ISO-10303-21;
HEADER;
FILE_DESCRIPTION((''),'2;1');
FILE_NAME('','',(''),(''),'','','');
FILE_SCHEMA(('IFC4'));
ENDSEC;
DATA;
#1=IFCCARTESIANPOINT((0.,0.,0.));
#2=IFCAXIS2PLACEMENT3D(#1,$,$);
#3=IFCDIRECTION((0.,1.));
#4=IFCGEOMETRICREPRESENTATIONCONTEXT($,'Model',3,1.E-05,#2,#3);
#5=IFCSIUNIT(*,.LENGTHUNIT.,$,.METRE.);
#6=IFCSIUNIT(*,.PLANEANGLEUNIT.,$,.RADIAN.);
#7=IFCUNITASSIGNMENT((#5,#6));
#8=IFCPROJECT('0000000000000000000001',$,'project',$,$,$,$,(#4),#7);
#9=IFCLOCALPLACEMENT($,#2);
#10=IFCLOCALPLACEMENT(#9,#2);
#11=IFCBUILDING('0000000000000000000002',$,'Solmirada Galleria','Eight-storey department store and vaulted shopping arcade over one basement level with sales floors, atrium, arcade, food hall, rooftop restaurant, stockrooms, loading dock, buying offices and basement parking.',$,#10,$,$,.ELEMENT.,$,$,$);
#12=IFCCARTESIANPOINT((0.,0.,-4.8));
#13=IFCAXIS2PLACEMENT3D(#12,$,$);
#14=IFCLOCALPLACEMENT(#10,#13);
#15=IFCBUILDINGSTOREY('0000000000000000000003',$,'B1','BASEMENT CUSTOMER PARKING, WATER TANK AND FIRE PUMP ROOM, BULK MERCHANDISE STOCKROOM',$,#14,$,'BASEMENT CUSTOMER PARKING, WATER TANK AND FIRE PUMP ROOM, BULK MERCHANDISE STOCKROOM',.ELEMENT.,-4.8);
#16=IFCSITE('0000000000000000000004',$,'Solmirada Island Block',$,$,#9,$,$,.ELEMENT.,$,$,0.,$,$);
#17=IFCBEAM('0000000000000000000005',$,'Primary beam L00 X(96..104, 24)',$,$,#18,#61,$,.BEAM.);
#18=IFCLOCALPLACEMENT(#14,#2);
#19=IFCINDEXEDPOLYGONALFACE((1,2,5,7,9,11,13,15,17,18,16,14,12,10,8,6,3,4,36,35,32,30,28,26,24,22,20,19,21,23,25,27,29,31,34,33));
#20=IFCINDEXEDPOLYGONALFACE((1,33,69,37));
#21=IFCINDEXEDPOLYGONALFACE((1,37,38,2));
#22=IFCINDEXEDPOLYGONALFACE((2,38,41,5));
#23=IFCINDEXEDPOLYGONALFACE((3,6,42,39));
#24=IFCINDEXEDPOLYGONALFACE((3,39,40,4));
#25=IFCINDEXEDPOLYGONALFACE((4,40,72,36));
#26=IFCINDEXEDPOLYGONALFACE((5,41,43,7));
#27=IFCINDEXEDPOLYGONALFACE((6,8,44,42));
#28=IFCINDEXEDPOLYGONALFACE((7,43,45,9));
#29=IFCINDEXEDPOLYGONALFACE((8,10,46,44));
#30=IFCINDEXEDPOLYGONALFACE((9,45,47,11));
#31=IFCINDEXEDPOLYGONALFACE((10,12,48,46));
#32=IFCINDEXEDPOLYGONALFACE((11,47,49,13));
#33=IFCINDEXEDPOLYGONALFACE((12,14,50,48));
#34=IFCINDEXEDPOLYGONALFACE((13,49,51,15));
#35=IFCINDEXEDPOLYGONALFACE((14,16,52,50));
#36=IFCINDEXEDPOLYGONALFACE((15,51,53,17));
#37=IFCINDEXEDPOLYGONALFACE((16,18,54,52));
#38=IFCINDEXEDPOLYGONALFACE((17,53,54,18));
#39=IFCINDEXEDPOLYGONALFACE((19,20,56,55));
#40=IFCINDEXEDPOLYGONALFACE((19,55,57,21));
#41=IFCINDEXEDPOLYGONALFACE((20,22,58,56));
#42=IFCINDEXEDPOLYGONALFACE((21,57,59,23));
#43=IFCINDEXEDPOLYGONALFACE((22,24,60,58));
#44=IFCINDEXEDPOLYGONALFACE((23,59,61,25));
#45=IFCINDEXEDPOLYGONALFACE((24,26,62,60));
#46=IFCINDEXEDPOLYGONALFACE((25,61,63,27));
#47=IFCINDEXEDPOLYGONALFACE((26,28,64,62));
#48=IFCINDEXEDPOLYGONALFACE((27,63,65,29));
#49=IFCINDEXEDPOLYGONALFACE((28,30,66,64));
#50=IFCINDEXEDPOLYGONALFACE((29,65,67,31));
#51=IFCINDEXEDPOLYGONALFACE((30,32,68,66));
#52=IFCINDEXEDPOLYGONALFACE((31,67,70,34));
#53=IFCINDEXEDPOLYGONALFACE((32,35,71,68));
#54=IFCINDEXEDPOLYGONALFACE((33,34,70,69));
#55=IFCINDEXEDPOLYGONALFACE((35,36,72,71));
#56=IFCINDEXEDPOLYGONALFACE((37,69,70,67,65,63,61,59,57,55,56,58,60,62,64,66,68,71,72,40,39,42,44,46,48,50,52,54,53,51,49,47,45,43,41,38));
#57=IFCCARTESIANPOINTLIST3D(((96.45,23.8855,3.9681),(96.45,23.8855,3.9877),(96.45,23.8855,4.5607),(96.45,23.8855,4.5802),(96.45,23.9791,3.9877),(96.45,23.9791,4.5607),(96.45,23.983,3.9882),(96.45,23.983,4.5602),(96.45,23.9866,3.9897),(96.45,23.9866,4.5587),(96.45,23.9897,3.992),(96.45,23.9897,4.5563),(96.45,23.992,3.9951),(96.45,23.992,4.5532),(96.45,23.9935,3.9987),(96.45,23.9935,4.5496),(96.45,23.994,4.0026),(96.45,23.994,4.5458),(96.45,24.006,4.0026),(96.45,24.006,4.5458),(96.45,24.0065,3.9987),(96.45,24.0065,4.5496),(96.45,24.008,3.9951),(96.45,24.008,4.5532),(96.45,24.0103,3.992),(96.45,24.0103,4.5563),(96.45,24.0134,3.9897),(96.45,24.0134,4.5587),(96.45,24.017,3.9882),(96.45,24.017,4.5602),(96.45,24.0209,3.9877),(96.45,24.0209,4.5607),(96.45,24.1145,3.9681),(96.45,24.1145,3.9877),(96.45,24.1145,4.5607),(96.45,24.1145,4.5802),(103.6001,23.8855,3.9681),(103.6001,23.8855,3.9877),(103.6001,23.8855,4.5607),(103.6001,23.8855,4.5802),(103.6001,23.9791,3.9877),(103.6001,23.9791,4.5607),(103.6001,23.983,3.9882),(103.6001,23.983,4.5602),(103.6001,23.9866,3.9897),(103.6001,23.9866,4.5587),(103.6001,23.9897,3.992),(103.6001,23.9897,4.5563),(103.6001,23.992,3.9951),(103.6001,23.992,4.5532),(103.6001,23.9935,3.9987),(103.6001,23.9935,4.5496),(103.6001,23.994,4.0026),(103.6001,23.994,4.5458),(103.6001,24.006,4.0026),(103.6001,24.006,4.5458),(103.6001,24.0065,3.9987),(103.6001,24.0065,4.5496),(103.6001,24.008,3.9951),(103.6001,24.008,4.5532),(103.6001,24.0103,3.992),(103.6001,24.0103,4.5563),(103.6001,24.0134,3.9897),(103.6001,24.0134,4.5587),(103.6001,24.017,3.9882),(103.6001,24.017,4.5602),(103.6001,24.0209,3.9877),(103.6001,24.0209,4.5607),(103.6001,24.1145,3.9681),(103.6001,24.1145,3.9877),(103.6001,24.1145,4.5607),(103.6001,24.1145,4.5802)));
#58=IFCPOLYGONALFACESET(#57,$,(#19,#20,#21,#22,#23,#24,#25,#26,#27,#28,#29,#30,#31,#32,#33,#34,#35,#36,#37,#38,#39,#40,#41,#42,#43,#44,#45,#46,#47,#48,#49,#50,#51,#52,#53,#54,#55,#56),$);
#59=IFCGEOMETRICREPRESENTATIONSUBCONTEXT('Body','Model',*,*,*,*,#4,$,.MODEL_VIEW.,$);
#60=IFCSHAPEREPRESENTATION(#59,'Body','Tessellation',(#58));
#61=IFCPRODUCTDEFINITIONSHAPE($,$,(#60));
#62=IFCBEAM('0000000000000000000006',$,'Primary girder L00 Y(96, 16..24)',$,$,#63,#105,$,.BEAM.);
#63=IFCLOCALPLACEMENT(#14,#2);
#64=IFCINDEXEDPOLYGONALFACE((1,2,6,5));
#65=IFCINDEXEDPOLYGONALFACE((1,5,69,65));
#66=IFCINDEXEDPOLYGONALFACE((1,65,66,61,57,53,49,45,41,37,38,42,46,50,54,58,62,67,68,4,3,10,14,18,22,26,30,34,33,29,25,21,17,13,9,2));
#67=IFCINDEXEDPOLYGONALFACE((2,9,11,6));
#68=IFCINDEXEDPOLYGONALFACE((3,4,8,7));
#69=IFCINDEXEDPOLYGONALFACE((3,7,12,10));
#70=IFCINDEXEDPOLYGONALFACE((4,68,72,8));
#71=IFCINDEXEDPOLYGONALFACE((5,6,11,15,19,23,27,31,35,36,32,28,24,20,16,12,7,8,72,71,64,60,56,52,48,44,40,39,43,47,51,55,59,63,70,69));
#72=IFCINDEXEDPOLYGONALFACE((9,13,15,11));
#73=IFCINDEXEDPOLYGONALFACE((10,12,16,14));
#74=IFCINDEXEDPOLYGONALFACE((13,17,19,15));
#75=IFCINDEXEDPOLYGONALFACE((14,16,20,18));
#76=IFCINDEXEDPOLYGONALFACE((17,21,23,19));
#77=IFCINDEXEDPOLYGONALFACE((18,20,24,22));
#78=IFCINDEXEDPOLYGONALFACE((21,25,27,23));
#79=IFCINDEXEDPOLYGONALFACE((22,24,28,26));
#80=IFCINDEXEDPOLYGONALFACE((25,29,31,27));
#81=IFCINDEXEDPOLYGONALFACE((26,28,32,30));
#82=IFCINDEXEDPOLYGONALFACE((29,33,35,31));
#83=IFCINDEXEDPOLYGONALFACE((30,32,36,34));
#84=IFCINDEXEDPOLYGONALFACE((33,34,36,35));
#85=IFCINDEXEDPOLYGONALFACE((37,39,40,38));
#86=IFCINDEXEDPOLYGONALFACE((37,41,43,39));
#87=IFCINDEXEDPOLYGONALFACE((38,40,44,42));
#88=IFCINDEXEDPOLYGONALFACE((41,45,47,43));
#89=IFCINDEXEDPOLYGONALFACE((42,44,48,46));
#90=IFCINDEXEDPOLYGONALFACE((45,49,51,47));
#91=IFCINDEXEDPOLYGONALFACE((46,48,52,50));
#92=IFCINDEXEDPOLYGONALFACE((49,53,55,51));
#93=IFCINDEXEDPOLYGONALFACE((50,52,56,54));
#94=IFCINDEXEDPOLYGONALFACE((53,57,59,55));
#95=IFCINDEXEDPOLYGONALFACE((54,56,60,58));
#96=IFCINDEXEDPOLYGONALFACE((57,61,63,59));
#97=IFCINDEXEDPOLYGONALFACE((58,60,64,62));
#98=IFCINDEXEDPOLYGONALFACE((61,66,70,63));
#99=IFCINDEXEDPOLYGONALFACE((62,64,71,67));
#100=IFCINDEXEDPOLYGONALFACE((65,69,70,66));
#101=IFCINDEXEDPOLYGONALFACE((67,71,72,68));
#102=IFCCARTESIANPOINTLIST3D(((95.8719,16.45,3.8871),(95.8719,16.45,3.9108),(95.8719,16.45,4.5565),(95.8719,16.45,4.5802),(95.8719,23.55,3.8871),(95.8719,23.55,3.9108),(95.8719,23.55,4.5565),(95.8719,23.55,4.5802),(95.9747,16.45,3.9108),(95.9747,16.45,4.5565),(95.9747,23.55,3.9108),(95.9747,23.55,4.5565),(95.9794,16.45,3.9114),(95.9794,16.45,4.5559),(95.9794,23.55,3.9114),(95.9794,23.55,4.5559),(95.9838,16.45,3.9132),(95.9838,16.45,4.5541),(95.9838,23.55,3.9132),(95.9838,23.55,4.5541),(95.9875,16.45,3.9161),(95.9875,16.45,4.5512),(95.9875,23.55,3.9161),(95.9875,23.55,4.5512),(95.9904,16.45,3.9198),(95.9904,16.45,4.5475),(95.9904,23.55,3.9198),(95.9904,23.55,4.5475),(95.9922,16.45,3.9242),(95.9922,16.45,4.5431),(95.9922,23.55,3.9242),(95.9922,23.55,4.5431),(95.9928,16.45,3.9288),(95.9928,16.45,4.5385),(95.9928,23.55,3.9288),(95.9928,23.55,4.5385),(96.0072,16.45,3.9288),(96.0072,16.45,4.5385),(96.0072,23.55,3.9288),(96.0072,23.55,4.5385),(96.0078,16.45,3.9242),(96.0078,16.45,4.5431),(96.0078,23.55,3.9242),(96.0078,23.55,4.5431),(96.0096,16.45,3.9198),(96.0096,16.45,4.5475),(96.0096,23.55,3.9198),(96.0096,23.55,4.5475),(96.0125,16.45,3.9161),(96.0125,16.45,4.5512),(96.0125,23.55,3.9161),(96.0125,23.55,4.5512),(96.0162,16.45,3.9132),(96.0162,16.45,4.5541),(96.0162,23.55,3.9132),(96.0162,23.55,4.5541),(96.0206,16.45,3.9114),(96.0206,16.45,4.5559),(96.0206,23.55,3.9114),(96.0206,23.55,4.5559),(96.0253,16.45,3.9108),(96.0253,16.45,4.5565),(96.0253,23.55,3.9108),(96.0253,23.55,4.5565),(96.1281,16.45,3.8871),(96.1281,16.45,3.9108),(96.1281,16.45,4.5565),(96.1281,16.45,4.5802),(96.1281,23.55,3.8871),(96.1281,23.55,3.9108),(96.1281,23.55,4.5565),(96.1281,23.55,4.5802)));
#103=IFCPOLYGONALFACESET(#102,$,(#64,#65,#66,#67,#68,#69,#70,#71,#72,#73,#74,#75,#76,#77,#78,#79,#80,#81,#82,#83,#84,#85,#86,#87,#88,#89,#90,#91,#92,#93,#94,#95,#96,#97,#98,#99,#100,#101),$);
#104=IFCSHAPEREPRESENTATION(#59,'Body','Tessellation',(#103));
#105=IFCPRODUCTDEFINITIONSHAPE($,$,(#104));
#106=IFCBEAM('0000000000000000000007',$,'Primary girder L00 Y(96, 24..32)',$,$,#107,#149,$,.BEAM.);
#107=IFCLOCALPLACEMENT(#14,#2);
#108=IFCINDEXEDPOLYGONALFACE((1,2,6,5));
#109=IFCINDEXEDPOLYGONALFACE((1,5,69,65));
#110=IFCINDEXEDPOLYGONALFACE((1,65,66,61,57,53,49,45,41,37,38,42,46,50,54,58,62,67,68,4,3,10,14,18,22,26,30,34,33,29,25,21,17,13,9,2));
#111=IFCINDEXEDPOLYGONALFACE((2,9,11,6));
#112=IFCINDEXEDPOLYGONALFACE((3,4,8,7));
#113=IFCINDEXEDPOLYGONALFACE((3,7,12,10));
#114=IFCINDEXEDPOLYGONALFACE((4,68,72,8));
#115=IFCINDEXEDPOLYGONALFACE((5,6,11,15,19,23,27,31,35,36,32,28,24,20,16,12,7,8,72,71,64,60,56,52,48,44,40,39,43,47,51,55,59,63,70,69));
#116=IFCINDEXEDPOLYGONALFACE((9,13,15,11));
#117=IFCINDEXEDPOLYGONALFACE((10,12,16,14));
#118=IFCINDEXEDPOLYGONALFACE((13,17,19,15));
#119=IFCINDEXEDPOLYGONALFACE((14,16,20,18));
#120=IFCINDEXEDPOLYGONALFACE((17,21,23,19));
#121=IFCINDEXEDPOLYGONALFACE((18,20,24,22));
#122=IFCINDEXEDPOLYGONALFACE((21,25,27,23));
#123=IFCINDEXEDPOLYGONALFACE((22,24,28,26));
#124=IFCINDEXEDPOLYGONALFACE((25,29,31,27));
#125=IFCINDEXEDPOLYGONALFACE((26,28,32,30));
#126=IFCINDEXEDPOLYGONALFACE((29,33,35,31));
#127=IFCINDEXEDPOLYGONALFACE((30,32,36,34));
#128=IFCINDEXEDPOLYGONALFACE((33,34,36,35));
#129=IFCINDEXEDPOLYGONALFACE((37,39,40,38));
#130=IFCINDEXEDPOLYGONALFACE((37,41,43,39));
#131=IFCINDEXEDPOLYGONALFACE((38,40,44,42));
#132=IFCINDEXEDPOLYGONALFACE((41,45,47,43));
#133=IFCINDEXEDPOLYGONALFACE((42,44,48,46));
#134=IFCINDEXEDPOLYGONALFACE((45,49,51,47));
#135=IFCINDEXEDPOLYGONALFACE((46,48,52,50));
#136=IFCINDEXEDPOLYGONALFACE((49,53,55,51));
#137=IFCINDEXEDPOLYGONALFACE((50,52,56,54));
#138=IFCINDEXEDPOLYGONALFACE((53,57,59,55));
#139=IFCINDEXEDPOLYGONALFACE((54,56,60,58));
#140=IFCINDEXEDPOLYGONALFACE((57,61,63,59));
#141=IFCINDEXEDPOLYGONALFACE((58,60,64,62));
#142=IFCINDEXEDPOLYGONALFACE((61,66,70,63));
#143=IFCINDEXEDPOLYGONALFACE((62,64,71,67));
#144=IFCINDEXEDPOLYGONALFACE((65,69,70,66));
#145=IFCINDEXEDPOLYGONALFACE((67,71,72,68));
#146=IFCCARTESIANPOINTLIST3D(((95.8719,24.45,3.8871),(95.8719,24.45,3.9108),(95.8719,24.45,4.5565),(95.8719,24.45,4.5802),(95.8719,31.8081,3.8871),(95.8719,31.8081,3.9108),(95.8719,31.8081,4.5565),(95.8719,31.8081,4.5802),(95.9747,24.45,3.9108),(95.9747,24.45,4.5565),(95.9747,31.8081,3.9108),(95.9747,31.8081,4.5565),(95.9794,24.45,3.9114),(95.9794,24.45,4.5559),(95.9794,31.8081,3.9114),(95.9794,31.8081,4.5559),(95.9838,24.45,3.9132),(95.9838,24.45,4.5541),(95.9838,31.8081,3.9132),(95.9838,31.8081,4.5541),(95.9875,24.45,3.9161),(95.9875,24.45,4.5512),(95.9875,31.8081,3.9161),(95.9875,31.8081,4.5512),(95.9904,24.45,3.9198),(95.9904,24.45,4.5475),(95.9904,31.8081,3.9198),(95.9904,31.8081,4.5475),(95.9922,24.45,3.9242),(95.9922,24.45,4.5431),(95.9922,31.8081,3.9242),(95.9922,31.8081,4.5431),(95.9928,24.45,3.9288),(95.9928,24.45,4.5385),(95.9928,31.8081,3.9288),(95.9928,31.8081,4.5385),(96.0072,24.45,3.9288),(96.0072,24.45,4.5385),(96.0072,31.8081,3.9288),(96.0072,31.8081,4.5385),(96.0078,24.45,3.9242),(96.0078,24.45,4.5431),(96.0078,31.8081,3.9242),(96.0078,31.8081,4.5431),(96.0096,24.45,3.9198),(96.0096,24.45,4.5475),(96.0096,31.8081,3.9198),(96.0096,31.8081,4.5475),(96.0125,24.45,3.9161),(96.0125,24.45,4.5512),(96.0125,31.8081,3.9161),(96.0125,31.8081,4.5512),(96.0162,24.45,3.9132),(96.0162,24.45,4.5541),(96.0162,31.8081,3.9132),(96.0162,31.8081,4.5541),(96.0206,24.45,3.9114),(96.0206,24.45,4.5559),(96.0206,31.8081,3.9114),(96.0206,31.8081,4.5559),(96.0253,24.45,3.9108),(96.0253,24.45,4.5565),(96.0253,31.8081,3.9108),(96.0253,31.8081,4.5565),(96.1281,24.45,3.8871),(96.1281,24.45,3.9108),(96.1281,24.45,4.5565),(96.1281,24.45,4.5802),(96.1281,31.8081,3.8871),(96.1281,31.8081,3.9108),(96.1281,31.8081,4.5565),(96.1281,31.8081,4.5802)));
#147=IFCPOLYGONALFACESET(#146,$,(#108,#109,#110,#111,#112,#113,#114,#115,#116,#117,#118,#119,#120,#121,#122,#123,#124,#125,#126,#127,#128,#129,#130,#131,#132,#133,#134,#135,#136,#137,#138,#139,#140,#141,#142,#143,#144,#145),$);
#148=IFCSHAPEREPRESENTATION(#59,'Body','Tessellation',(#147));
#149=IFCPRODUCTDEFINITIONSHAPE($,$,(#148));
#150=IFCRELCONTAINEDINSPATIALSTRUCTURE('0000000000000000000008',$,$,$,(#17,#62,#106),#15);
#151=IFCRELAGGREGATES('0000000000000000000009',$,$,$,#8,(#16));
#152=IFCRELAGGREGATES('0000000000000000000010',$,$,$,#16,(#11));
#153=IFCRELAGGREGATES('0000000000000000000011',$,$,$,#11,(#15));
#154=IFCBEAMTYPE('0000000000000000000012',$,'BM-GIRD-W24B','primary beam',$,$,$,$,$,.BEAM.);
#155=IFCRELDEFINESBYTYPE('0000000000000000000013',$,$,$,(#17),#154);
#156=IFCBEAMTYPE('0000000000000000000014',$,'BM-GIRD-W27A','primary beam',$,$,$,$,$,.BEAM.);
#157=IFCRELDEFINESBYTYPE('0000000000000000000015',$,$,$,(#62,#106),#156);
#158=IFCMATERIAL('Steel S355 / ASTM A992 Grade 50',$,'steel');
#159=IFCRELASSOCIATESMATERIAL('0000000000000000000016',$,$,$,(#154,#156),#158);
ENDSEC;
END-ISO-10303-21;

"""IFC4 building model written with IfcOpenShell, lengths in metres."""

from ifc_helpers import new_model, si_unit, direction, frame, origin, origin_2d, place, context, subcontext, project, spatial, i_section, extrude, material, material_profile, profile_set, type_object, element, save


model = new_model("IFC4")

# Units and contexts
model_context = context("Model", 3, precision=1e-05, world=origin(), true_north=direction((0.0, 1.0)))
body_context = subcontext(model_context, "Body", "Model", "MODEL_VIEW")
ifc_project = project(units=[si_unit("LENGTHUNIT", "METRE"), si_unit("PLANEANGLEUNIT", "RADIAN")], contexts=[model_context])

# Site, building, storey
site_placement = place(None, origin())
site = spatial("IfcSite", under=ifc_project, at=site_placement, Name="Solmirada Island Block", CompositionType="ELEMENT", RefElevation=0.0)
building_placement = place(site_placement, origin())
building = spatial("IfcBuilding", under=site, at=building_placement, Name="Solmirada Galleria", Description="Eight-storey department store and vaulted shopping arcade over one basement level with sales floors, atrium, arcade, food hall, rooftop restaurant, stockrooms, loading dock, buying offices and basement parking.", CompositionType="ELEMENT")
storey_placement = place(building_placement, frame((0.0, 0.0, -4.8)))
storey = spatial("IfcBuildingStorey", under=building, at=storey_placement, Name="B1", Description="BASEMENT CUSTOMER PARKING, WATER TANK AND FIRE PUMP ROOM, BULK MERCHANDISE STOCKROOM", LongName="BASEMENT CUSTOMER PARKING, WATER TANK AND FIRE PUMP ROOM, BULK MERCHANDISE STOCKROOM", CompositionType="ELEMENT", Elevation=-4.8)

# Beams
ifc_material_1 = material(Name="Steel S355 / ASTM A992 Grade 50", Category="steel")
ifc_material_profile_1 = material_profile(ifc_material_1, i_section(OverallWidth=0.229, OverallDepth=0.6121, WebThickness=0.012, FlangeThickness=0.0195, FilletRadius=0.0149, at=origin_2d()), Name="W24X84")
ifc_profile_set_1 = profile_set([ifc_material_profile_1], Name="Steel S355 / ASTM A992 Grade 50")
beam_type_1 = type_object("IfcBeamType", Name="BM-GIRD-W24B", Description="primary beam", PredefinedType="BEAM", material=ifc_profile_set_1)
beam_1_placement = place(storey_placement, frame((96.45, 24.0, 4.2742), z_axis=(1.0, 0.0, 0.0), x_axis=(0.0, 1.0, 0.0)))
element("IfcBeam", 1, at=beam_1_placement, inside=storey, type_object=beam_type_1, Name="Primary beam L00 X(96..104, 24)", PredefinedType="BEAM", context=body_context, shape_type="SweptSolid", body=[
    extrude(i_section(OverallWidth=0.229, OverallDepth=0.6121, WebThickness=0.012, FlangeThickness=0.0195, FilletRadius=0.0149, at=origin_2d()), origin(), (0.0, 0.0, 1.0), 7.1501),
])
ifc_material_profile_2 = material_profile(ifc_material_1, i_section(OverallWidth=0.2561, OverallDepth=0.6931, WebThickness=0.0144, FlangeThickness=0.0237, FilletRadius=0.0181, at=origin_2d()), Name="W27X114")
ifc_profile_set_2 = profile_set([ifc_material_profile_2], Name="Steel S355 / ASTM A992 Grade 50")
beam_type_2 = type_object("IfcBeamType", Name="BM-GIRD-W27A", Description="primary beam", PredefinedType="BEAM", material=ifc_profile_set_2)
beam_2_placement = place(storey_placement, frame((96.0, 16.45, 4.2336), z_axis=(0.0, 1.0, 0.0), x_axis=(-1.0, 0.0, 0.0)))
element("IfcBeam", 2, at=beam_2_placement, inside=storey, type_object=beam_type_2, Name="Primary girder L00 Y(96, 16..24)", PredefinedType="BEAM", context=body_context, shape_type="SweptSolid", body=[
    extrude(i_section(OverallWidth=0.2561, OverallDepth=0.6931, WebThickness=0.0144, FlangeThickness=0.0237, FilletRadius=0.0181, at=origin_2d()), origin(), (0.0, 0.0, 1.0), 7.1001),
])
beam_3_placement = place(storey_placement, frame((96.0, 24.45, 4.2336), z_axis=(0.0, 1.0, 0.0), x_axis=(-1.0, 0.0, 0.0)))
element("IfcBeam", 3, at=beam_3_placement, inside=storey, type_object=beam_type_2, Name="Primary girder L00 Y(96, 24..32)", PredefinedType="BEAM", context=body_context, shape_type="SweptSolid", body=[
    extrude(i_section(OverallWidth=0.2561, OverallDepth=0.6931, WebThickness=0.0144, FlangeThickness=0.0237, FilletRadius=0.0181, at=origin_2d()), origin(), (0.0, 0.0, 1.0), 7.3582),
])

save(model, "model.ifc")
